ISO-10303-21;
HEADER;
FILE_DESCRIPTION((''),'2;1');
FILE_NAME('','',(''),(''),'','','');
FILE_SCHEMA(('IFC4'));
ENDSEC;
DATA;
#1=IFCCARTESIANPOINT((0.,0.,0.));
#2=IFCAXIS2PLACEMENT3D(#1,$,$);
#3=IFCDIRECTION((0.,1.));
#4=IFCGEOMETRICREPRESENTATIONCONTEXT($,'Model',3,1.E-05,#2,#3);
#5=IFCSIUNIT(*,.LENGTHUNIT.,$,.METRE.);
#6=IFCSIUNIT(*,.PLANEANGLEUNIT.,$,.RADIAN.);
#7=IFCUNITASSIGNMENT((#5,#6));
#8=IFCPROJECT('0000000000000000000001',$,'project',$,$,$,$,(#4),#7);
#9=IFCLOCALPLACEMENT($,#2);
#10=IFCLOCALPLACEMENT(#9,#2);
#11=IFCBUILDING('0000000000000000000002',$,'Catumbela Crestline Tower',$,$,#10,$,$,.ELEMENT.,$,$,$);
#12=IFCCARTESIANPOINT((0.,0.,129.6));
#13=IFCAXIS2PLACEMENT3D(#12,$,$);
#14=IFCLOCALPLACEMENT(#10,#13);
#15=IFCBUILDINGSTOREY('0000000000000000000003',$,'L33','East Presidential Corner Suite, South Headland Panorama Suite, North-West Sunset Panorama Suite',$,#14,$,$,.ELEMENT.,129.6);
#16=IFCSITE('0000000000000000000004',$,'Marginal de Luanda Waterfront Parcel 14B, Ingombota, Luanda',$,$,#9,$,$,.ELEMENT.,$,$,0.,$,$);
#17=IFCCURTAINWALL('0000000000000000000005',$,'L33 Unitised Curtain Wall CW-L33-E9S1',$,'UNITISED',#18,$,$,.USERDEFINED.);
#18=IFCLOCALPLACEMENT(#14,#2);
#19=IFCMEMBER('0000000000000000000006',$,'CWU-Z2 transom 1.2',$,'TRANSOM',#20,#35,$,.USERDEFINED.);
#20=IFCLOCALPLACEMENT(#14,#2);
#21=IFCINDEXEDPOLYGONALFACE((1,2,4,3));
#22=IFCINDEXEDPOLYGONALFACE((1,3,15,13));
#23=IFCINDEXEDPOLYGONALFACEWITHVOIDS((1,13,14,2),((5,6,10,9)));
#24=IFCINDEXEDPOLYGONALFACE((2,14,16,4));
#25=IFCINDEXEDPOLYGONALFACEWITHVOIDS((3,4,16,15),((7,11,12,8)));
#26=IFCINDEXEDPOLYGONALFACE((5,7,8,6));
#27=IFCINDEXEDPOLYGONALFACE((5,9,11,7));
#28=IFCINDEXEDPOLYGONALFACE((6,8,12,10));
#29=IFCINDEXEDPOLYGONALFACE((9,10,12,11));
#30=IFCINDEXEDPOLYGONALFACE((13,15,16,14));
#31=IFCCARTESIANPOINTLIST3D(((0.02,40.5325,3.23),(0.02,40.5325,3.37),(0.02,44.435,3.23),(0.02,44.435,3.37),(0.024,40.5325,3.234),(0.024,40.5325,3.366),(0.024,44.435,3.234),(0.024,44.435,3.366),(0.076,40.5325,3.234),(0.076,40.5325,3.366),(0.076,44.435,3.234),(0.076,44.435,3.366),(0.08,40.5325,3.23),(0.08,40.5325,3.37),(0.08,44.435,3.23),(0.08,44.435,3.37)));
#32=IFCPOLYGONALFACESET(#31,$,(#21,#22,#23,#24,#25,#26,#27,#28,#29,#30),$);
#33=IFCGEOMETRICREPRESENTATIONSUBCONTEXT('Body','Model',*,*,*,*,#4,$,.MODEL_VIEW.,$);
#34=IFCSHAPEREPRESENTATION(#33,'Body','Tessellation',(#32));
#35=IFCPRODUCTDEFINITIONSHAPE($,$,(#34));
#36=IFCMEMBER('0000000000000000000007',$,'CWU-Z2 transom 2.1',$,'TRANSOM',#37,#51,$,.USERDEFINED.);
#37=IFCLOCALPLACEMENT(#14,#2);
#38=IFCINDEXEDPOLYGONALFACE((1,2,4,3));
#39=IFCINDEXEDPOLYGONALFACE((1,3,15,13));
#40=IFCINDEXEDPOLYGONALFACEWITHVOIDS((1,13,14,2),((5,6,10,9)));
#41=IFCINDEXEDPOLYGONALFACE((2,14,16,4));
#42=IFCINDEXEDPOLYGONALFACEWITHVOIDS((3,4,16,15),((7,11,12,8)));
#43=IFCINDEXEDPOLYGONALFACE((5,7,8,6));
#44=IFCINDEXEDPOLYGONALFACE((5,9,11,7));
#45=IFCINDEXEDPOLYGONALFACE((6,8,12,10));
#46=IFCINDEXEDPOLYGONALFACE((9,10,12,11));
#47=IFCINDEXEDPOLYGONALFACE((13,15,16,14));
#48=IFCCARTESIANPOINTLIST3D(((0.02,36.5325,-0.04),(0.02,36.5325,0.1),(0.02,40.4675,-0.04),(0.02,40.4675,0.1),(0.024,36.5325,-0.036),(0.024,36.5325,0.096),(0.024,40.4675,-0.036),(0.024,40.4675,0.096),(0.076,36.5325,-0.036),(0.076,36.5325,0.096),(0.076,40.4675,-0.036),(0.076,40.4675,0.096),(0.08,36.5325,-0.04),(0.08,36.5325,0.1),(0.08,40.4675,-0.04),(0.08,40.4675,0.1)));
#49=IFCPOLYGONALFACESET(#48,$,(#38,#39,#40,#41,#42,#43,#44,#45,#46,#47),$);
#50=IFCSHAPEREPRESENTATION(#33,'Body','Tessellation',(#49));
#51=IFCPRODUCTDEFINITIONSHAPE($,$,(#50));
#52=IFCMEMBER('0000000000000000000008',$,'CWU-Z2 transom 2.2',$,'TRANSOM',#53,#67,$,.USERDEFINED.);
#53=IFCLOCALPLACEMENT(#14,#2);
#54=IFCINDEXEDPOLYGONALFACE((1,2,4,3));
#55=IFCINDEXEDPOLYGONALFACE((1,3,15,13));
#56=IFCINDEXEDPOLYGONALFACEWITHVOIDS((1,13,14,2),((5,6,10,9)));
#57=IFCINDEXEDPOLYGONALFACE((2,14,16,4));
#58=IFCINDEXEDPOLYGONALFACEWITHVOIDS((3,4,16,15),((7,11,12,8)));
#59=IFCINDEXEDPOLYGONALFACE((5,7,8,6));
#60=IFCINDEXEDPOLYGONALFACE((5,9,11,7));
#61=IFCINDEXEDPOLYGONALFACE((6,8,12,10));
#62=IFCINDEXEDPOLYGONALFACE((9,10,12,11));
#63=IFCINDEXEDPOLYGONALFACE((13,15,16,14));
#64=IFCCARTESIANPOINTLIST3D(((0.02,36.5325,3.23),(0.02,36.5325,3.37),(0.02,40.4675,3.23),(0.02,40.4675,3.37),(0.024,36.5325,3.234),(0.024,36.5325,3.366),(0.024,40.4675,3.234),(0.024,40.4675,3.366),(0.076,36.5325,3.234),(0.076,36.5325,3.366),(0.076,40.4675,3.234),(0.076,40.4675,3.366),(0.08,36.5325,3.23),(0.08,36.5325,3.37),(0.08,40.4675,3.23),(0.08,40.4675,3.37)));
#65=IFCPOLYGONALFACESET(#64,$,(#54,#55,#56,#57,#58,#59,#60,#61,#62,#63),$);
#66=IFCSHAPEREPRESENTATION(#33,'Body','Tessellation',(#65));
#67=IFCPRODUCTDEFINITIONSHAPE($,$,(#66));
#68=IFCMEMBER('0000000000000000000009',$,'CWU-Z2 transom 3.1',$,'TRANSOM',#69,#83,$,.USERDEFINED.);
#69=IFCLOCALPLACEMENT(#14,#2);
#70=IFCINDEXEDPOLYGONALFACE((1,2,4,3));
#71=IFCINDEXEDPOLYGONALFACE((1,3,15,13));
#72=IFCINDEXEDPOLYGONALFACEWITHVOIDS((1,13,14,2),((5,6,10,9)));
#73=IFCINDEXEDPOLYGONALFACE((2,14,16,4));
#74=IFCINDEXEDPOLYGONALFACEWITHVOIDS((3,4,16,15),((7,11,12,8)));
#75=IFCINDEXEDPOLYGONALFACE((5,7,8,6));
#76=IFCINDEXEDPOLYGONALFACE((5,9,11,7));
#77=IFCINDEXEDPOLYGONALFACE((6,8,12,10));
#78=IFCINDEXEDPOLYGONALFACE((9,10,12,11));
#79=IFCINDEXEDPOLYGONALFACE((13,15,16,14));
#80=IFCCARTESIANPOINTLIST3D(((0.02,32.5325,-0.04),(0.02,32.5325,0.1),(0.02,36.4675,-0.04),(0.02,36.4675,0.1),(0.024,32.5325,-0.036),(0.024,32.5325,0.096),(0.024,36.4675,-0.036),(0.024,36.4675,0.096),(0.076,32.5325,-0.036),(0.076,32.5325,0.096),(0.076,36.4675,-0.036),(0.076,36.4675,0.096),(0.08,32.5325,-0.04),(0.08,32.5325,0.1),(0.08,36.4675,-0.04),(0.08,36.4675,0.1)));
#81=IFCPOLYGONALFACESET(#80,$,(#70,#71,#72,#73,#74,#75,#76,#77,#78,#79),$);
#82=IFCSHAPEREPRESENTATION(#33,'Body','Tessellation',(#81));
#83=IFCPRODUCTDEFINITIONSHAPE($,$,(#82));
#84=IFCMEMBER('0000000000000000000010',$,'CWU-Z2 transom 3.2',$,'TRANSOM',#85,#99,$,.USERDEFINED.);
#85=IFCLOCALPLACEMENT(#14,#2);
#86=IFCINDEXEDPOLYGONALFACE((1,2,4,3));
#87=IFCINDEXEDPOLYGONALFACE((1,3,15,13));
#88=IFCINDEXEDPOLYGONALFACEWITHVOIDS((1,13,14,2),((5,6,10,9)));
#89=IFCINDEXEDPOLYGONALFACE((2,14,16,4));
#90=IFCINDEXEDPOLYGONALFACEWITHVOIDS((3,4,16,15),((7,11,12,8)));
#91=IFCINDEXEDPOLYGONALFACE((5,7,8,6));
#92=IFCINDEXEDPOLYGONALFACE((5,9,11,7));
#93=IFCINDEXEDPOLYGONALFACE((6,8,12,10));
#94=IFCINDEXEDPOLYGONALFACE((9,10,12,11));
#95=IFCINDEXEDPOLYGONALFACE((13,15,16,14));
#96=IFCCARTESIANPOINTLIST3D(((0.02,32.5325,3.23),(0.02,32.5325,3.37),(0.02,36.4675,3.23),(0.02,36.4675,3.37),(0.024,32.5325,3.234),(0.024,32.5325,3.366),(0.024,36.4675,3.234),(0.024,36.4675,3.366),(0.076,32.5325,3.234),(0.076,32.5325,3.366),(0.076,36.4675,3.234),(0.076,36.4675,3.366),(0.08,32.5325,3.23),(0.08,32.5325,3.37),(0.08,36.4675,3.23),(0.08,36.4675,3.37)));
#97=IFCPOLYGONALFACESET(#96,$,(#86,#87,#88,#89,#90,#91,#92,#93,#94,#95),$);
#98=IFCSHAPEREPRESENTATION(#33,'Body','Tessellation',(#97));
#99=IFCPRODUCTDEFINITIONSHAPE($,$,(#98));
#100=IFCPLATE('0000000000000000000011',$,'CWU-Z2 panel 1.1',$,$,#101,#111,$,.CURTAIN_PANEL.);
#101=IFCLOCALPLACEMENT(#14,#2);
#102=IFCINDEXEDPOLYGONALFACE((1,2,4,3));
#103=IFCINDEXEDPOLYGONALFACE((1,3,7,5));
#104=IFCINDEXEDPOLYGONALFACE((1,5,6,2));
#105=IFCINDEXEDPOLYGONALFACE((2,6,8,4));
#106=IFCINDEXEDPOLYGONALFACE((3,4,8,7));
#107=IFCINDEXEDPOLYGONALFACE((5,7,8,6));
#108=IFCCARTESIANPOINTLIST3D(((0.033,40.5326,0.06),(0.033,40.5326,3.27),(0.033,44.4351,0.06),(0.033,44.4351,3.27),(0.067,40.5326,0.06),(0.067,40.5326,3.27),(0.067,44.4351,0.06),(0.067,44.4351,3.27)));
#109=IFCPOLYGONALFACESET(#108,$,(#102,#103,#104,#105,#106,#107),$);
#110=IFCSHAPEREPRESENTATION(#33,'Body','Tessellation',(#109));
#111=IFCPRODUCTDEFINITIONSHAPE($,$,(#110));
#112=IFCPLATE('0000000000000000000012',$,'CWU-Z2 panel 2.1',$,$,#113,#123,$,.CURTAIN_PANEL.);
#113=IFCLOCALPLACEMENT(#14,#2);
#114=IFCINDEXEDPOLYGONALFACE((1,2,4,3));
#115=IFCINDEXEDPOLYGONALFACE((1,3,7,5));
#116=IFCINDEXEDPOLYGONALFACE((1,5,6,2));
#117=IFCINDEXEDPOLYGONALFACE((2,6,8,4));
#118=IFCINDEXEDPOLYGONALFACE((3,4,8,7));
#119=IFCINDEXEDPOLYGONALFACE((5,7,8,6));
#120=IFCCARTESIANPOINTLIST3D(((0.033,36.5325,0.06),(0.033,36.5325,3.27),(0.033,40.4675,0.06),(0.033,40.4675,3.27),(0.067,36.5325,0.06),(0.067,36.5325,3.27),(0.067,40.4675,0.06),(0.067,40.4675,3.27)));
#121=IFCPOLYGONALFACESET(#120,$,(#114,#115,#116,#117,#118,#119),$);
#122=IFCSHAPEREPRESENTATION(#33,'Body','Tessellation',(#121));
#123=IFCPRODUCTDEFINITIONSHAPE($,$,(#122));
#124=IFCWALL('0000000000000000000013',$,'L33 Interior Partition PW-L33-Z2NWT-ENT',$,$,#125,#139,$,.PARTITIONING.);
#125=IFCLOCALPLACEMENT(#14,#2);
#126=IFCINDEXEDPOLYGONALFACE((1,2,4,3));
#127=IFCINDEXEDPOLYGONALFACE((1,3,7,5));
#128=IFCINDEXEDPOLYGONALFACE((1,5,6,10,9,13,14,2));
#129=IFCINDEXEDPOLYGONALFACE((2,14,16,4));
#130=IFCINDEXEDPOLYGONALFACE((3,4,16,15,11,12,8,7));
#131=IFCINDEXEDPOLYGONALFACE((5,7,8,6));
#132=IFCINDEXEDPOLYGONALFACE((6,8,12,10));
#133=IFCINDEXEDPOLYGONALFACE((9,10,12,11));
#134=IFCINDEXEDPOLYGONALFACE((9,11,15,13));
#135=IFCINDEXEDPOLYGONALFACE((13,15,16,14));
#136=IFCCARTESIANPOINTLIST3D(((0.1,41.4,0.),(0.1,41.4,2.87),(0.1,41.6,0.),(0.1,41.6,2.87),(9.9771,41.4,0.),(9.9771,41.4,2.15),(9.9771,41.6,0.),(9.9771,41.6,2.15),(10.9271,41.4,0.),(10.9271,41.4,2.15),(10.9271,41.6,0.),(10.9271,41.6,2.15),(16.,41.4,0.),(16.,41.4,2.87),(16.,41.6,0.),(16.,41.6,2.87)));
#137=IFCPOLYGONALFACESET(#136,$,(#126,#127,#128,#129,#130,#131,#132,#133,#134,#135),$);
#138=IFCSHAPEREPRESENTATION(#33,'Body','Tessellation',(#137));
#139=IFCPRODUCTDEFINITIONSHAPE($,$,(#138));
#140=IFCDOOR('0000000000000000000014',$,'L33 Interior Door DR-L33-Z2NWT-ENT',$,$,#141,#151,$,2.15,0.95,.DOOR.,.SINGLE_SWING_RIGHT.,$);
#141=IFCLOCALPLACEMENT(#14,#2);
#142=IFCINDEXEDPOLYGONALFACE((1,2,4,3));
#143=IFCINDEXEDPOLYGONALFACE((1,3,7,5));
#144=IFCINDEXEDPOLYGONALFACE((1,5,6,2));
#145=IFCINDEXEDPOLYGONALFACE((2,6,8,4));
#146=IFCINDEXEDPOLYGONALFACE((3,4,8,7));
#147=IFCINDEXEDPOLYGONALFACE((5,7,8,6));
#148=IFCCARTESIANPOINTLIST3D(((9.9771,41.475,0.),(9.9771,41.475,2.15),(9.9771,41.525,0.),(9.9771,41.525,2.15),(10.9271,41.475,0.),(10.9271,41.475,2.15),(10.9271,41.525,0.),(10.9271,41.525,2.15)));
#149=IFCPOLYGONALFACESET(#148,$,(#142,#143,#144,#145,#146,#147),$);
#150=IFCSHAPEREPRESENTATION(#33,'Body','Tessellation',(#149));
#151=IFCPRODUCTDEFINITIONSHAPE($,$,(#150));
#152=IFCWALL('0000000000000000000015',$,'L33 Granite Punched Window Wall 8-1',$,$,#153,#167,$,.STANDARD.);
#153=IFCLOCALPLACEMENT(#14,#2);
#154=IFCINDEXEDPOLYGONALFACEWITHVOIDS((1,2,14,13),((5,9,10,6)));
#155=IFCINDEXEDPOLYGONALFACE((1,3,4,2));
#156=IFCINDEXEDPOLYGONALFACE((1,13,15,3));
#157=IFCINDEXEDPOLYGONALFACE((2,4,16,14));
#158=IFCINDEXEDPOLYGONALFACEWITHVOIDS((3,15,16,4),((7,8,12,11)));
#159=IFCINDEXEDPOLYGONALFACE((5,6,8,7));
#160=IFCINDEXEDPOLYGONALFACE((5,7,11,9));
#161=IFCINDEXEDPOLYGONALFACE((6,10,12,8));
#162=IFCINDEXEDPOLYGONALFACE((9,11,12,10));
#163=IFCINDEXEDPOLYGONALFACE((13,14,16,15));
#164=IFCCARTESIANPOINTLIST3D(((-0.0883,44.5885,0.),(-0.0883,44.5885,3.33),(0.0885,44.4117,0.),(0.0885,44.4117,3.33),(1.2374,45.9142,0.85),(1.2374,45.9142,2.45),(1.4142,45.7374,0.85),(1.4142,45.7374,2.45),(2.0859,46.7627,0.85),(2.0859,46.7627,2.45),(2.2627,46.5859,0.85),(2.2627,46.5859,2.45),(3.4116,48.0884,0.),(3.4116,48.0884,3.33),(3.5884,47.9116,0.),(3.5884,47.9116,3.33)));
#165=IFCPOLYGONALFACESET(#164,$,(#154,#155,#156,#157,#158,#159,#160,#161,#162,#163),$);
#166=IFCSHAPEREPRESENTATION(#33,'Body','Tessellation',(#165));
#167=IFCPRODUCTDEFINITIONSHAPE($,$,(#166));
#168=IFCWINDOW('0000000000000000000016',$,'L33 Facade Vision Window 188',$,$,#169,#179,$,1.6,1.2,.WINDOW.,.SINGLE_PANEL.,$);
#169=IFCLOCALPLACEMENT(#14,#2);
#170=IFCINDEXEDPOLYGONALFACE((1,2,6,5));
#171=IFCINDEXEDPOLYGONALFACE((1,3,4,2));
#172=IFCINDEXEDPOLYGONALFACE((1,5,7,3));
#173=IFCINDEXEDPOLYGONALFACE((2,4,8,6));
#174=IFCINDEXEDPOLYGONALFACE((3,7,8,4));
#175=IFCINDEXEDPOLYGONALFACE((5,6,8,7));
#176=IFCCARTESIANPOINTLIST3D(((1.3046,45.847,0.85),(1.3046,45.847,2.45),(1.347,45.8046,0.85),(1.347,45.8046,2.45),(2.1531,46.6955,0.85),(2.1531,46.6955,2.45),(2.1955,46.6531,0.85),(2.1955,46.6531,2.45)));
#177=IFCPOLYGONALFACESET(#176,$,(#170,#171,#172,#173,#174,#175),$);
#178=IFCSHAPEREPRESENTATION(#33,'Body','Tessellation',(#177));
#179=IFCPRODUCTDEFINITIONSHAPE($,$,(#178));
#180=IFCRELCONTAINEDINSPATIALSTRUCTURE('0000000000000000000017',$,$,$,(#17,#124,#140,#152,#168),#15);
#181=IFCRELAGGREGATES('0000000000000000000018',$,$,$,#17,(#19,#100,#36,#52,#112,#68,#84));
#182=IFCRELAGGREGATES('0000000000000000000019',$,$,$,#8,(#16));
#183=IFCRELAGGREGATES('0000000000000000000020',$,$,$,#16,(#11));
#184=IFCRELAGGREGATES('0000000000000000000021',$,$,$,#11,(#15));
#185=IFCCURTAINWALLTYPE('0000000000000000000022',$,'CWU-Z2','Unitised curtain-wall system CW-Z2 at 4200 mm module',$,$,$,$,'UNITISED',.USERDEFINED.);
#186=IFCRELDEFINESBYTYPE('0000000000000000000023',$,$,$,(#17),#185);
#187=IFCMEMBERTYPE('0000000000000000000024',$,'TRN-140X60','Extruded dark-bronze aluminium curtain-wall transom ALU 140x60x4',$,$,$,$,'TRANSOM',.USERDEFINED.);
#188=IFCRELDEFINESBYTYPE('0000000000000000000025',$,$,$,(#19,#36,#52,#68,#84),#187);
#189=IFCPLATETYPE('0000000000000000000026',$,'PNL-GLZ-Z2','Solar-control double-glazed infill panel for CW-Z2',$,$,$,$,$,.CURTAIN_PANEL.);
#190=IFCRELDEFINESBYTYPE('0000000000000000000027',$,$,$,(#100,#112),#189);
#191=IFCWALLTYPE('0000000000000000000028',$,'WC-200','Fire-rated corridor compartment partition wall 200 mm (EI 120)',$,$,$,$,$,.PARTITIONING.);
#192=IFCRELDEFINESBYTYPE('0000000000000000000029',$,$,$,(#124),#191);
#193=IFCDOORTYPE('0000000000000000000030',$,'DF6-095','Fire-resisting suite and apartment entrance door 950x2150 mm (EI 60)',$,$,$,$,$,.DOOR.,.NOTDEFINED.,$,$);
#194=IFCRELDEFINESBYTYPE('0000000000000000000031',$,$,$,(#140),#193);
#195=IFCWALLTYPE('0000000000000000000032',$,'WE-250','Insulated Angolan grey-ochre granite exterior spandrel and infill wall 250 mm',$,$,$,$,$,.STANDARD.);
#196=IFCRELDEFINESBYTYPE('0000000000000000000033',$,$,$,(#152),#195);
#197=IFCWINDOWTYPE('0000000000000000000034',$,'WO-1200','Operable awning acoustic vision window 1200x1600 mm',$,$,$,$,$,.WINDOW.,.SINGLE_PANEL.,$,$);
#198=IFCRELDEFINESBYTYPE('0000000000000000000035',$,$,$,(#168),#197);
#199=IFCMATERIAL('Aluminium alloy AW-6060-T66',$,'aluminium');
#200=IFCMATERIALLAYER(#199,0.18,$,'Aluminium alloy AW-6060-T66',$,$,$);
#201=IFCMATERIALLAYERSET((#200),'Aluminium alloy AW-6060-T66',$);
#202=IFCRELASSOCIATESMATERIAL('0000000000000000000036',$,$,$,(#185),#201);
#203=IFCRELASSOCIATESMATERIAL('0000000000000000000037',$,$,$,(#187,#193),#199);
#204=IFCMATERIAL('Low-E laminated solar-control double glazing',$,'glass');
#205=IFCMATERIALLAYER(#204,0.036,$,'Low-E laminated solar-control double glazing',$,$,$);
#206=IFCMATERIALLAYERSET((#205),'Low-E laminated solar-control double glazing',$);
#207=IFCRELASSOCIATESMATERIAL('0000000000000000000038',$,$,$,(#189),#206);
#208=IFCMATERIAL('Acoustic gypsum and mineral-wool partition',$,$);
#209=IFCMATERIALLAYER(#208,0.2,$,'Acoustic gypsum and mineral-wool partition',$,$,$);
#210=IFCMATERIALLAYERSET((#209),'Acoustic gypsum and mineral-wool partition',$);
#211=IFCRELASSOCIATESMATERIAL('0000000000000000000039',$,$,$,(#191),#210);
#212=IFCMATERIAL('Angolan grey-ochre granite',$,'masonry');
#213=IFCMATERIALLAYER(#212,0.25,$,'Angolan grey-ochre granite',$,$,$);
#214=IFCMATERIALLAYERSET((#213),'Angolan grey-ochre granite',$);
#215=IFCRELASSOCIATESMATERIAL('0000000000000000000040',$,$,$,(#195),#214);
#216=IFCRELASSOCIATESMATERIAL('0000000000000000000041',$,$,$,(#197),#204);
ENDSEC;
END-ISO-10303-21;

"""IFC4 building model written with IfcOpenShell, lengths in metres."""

from ifc_helpers import new_model, si_unit, direction, frame, frame_2d, origin, origin_2d, place, context, subcontext, project, spatial, rectangle, hollow_rectangle, extrude, material, layer, layer_set, material_profile, profile_set, type_object, element, fill, aggregate, save


model = new_model("IFC4")

# Units and contexts
model_context = context("Model", 3, precision=1e-05, world=origin(), true_north=direction((0.0, 1.0)))
body_context = subcontext(model_context, "Body", "Model", "MODEL_VIEW")
ifc_project = project(units=[si_unit("LENGTHUNIT", "METRE"), si_unit("PLANEANGLEUNIT", "RADIAN")], contexts=[model_context])

# Site, building, storey
site_placement = place(None, origin())
site = spatial("IfcSite", under=ifc_project, at=site_placement, Name="Marginal de Luanda Waterfront Parcel 14B, Ingombota, Luanda", CompositionType="ELEMENT", RefElevation=0.0)
building_placement = place(site_placement, origin())
building = spatial("IfcBuilding", under=site, at=building_placement, Name="Catumbela Crestline Tower", CompositionType="ELEMENT")
storey_placement = place(building_placement, frame((0.0, 0.0, 129.6)))
storey = spatial("IfcBuildingStorey", under=building, at=storey_placement, Name="L33", Description="East Presidential Corner Suite, South Headland Panorama Suite, North-West Sunset Panorama Suite", CompositionType="ELEMENT", Elevation=129.6)

# Shared definitions
ifc_material_1 = material(Name="Aluminium alloy AW-6060-T66", Category="aluminium")
ifc_layer_1 = layer(ifc_material_1, 0.18, Name="Aluminium alloy AW-6060-T66")
ifc_layer_set_1 = layer_set([ifc_layer_1], Name="Aluminium alloy AW-6060-T66")
curtain_wall_type = type_object("IfcCurtainWallType", Name="CWU-Z2", Description="Unitised curtain-wall system CW-Z2 at 4200 mm module", ElementType="UNITISED", PredefinedType="USERDEFINED", material=ifc_layer_set_1)

# Curtain wall
curtain_wall_1_placement = place(storey_placement, origin())
curtain_wall_1 = element("IfcCurtainWall", 1, at=curtain_wall_1_placement, inside=storey, type_object=curtain_wall_type, Name="L33 Unitised Curtain Wall CW-L33-E9S1", ObjectType="UNITISED", PredefinedType="USERDEFINED")

# Members
ifc_material_profile_1 = material_profile(ifc_material_1, hollow_rectangle(XDim=0.06, YDim=0.14, WallThickness=0.004, at=origin_2d()), Name="ALU 140x60x4")
ifc_profile_set_1 = profile_set([ifc_material_profile_1], Name="Aluminium alloy AW-6060-T66")
member_type_1 = type_object("IfcMemberType", Name="TRN-140X60", Description="Extruded dark-bronze aluminium curtain-wall transom ALU 140x60x4", ElementType="TRANSOM", PredefinedType="USERDEFINED", material=ifc_profile_set_1)
member_1_placement = place(storey_placement, frame((0.05, 44.435, 3.3), z_axis=(0.0, -1.0, 0.0), x_axis=(1.0, 0.0, 0.0)))
member_1 = element("IfcMember", 2, at=member_1_placement, type_object=member_type_1, Name="CWU-Z2 transom 1.2", ObjectType="TRANSOM", PredefinedType="USERDEFINED", context=body_context, shape_type="SweptSolid", body=[
    extrude(hollow_rectangle(XDim=0.06, YDim=0.14, WallThickness=0.004, at=origin_2d()), origin(), (0.0, 0.0, 1.0), 3.9025),
])
member_2_placement = place(storey_placement, frame((0.05, 40.4675, 0.03), z_axis=(0.0, -1.0, 0.0), x_axis=(1.0, 0.0, 0.0)))
member_2 = element("IfcMember", 3, at=member_2_placement, type_object=member_type_1, Name="CWU-Z2 transom 2.1", ObjectType="TRANSOM", PredefinedType="USERDEFINED", context=body_context, shape_type="SweptSolid", body=[
    extrude(hollow_rectangle(XDim=0.06, YDim=0.14, WallThickness=0.004, at=origin_2d()), origin(), (0.0, 0.0, 1.0), 3.935),
])
member_3_placement = place(storey_placement, frame((0.05, 40.4675, 3.3), z_axis=(0.0, -1.0, 0.0), x_axis=(1.0, 0.0, 0.0)))
member_3 = element("IfcMember", 4, at=member_3_placement, type_object=member_type_1, Name="CWU-Z2 transom 2.2", ObjectType="TRANSOM", PredefinedType="USERDEFINED", context=body_context, shape_type="SweptSolid", body=[
    extrude(hollow_rectangle(XDim=0.06, YDim=0.14, WallThickness=0.004, at=origin_2d()), origin(), (0.0, 0.0, 1.0), 3.935),
])
member_4_placement = place(storey_placement, frame((0.05, 36.4675, 0.03), z_axis=(0.0, -1.0, 0.0), x_axis=(1.0, 0.0, 0.0)))
member_4 = element("IfcMember", 5, at=member_4_placement, type_object=member_type_1, Name="CWU-Z2 transom 3.1", ObjectType="TRANSOM", PredefinedType="USERDEFINED", context=body_context, shape_type="SweptSolid", body=[
    extrude(hollow_rectangle(XDim=0.06, YDim=0.14, WallThickness=0.004, at=origin_2d()), origin(), (0.0, 0.0, 1.0), 3.935),
])
member_5_placement = place(storey_placement, frame((0.05, 36.4675, 3.3), z_axis=(0.0, -1.0, 0.0), x_axis=(1.0, 0.0, 0.0)))
member_5 = element("IfcMember", 6, at=member_5_placement, type_object=member_type_1, Name="CWU-Z2 transom 3.2", ObjectType="TRANSOM", PredefinedType="USERDEFINED", context=body_context, shape_type="SweptSolid", body=[
    extrude(hollow_rectangle(XDim=0.06, YDim=0.14, WallThickness=0.004, at=origin_2d()), origin(), (0.0, 0.0, 1.0), 3.935),
])

# Plates
ifc_material_2 = material(Name="Low-E laminated solar-control double glazing", Category="glass")
ifc_layer_2 = layer(ifc_material_2, 0.036, Name="Low-E laminated solar-control double glazing")
ifc_layer_set_2 = layer_set([ifc_layer_2], Name="Low-E laminated solar-control double glazing")
plate_type = type_object("IfcPlateType", Name="PNL-GLZ-Z2", Description="Solar-control double-glazed infill panel for CW-Z2", PredefinedType="CURTAIN_PANEL", material=ifc_layer_set_2)
plate_1_placement = place(storey_placement, frame((0.05, 42.4838, 0.06), z_axis=(0.0, 0.0, 1.0), x_axis=(0.0, -1.0, 0.0)))
plate_1 = element("IfcPlate", 7, at=plate_1_placement, type_object=plate_type, Name="CWU-Z2 panel 1.1", PredefinedType="CURTAIN_PANEL", context=body_context, shape_type="SweptSolid", body=[
    extrude(rectangle(XDim=3.9025, YDim=0.034, at=origin_2d()), origin(), (0.0, 0.0, 1.0), 3.21),
])
plate_2_placement = place(storey_placement, frame((0.05, 38.5, 0.06), z_axis=(0.0, 0.0, 1.0), x_axis=(0.0, -1.0, 0.0)))
plate_2 = element("IfcPlate", 8, at=plate_2_placement, type_object=plate_type, Name="CWU-Z2 panel 2.1", PredefinedType="CURTAIN_PANEL", context=body_context, shape_type="SweptSolid", body=[
    extrude(rectangle(XDim=3.935, YDim=0.034, at=origin_2d()), origin(), (0.0, 0.0, 1.0), 3.21),
])
aggregate(curtain_wall_1, [member_1, plate_1, member_2, member_3, plate_2, member_4, member_5])

# Wall, opening, door
ifc_material_3 = material(Name="Acoustic gypsum and mineral-wool partition")
ifc_layer_3 = layer(ifc_material_3, 0.2, Name="Acoustic gypsum and mineral-wool partition")
ifc_layer_set_3 = layer_set([ifc_layer_3], Name="Acoustic gypsum and mineral-wool partition")
wall_type_1 = type_object("IfcWallType", Name="WC-200", Description="Fire-rated corridor compartment partition wall 200 mm (EI 120)", PredefinedType="PARTITIONING", material=ifc_layer_set_3)
wall_1_placement = place(storey_placement, frame((0.1, 41.5, 0.0), z_axis=(0.0, 0.0, 1.0), x_axis=(1.0, 0.0, 0.0)))
wall_1 = element("IfcWall", 9, at=wall_1_placement, inside=storey, type_object=wall_type_1, Name="L33 Interior Partition PW-L33-Z2NWT-ENT", PredefinedType="PARTITIONING", context=body_context, shape_type="SweptSolid", body=[
    extrude(rectangle(XDim=15.9, YDim=0.2, at=frame_2d((7.95, 0.0))), origin(), (0.0, 0.0, 1.0), 2.87),
])
opening_1_placement = place(wall_1_placement, frame((9.8771, 0.0, 0.0)))
opening_1 = element("IfcOpeningElement", 10, at=opening_1_placement, cuts=wall_1, PredefinedType="OPENING", context=body_context, shape_type="SweptSolid", body=[
    extrude(rectangle(XDim=0.95, YDim=2.15, at=frame_2d((0.475, 1.075))), frame((0.0, 0.11, 0.0), z_axis=(0.0, -1.0, 0.0), x_axis=(1.0, 0.0, 0.0)), (0.0, 0.0, 1.0), 0.22),
])
door_type_1 = type_object("IfcDoorType", Name="DF6-095", Description="Fire-resisting suite and apartment entrance door 950x2150 mm (EI 60)", OperationType="NOTDEFINED", PredefinedType="DOOR", material=ifc_material_1)
door_1_placement = place(opening_1_placement, origin())
door_1 = element("IfcDoor", 11, at=door_1_placement, inside=storey, type_object=door_type_1, Name="L33 Interior Door DR-L33-Z2NWT-ENT", OperationType="SINGLE_SWING_RIGHT", OverallHeight=2.15, OverallWidth=0.95, PredefinedType="DOOR", context=body_context, shape_type="SweptSolid", body=[
    extrude(rectangle(XDim=0.95, YDim=2.15, at=frame_2d((0.475, 1.075))), frame((0.0, 0.025, 0.0), z_axis=(0.0, -1.0, 0.0), x_axis=(1.0, 0.0, 0.0)), (0.0, 0.0, 1.0), 0.05),
])
fill(opening_1, door_1)

# Wall, opening, window
ifc_material_4 = material(Name="Angolan grey-ochre granite", Category="masonry")
ifc_layer_4 = layer(ifc_material_4, 0.25, Name="Angolan grey-ochre granite")
ifc_layer_set_4 = layer_set([ifc_layer_4], Name="Angolan grey-ochre granite")
wall_type_2 = type_object("IfcWallType", Name="WE-250", Description="Insulated Angolan grey-ochre granite exterior spandrel and infill wall 250 mm", PredefinedType="STANDARD", material=ifc_layer_set_4)
wall_2_placement = place(storey_placement, frame((3.5, 48.0, 0.0), z_axis=(0.0, 0.0, 1.0), x_axis=(-0.707107, -0.707107, 0.0)))
wall_2 = element("IfcWall", 12, at=wall_2_placement, inside=storey, type_object=wall_type_2, Name="L33 Granite Punched Window Wall 8-1", PredefinedType="STANDARD", context=body_context, shape_type="SweptSolid", body=[
    extrude(rectangle(XDim=4.9497, YDim=0.25, at=frame_2d((2.4748, 0.0))), origin(), (0.0, 0.0, 1.0), 3.33),
])
opening_2_placement = place(wall_2_placement, frame((1.8748, 0.0, 0.85)))
opening_2 = element("IfcOpeningElement", 13, at=opening_2_placement, cuts=wall_2, PredefinedType="OPENING", context=body_context, shape_type="SweptSolid", body=[
    extrude(rectangle(XDim=1.2, YDim=1.6, at=frame_2d((0.6, 0.8))), frame((0.0, 0.135, 0.0), z_axis=(0.0, -1.0, 0.0), x_axis=(1.0, 0.0, 0.0)), (0.0, 0.0, 1.0), 0.27),
])
window_type = type_object("IfcWindowType", Name="WO-1200", Description="Operable awning acoustic vision window 1200x1600 mm", PartitioningType="SINGLE_PANEL", PredefinedType="WINDOW", material=ifc_material_2)
window_placement = place(opening_2_placement, origin())
window = element("IfcWindow", 14, at=window_placement, inside=storey, type_object=window_type, Name="L33 Facade Vision Window 188", OverallHeight=1.6, OverallWidth=1.2, PartitioningType="SINGLE_PANEL", PredefinedType="WINDOW", context=body_context, shape_type="SweptSolid", body=[
    extrude(rectangle(XDim=1.2, YDim=1.6, at=frame_2d((0.6, 0.8))), frame((0.0, 0.03, 0.0), z_axis=(0.0, -1.0, 0.0), x_axis=(1.0, 0.0, 0.0)), (0.0, 0.0, 1.0), 0.06),
])
fill(opening_2, window)

save(model, "model.ifc")
